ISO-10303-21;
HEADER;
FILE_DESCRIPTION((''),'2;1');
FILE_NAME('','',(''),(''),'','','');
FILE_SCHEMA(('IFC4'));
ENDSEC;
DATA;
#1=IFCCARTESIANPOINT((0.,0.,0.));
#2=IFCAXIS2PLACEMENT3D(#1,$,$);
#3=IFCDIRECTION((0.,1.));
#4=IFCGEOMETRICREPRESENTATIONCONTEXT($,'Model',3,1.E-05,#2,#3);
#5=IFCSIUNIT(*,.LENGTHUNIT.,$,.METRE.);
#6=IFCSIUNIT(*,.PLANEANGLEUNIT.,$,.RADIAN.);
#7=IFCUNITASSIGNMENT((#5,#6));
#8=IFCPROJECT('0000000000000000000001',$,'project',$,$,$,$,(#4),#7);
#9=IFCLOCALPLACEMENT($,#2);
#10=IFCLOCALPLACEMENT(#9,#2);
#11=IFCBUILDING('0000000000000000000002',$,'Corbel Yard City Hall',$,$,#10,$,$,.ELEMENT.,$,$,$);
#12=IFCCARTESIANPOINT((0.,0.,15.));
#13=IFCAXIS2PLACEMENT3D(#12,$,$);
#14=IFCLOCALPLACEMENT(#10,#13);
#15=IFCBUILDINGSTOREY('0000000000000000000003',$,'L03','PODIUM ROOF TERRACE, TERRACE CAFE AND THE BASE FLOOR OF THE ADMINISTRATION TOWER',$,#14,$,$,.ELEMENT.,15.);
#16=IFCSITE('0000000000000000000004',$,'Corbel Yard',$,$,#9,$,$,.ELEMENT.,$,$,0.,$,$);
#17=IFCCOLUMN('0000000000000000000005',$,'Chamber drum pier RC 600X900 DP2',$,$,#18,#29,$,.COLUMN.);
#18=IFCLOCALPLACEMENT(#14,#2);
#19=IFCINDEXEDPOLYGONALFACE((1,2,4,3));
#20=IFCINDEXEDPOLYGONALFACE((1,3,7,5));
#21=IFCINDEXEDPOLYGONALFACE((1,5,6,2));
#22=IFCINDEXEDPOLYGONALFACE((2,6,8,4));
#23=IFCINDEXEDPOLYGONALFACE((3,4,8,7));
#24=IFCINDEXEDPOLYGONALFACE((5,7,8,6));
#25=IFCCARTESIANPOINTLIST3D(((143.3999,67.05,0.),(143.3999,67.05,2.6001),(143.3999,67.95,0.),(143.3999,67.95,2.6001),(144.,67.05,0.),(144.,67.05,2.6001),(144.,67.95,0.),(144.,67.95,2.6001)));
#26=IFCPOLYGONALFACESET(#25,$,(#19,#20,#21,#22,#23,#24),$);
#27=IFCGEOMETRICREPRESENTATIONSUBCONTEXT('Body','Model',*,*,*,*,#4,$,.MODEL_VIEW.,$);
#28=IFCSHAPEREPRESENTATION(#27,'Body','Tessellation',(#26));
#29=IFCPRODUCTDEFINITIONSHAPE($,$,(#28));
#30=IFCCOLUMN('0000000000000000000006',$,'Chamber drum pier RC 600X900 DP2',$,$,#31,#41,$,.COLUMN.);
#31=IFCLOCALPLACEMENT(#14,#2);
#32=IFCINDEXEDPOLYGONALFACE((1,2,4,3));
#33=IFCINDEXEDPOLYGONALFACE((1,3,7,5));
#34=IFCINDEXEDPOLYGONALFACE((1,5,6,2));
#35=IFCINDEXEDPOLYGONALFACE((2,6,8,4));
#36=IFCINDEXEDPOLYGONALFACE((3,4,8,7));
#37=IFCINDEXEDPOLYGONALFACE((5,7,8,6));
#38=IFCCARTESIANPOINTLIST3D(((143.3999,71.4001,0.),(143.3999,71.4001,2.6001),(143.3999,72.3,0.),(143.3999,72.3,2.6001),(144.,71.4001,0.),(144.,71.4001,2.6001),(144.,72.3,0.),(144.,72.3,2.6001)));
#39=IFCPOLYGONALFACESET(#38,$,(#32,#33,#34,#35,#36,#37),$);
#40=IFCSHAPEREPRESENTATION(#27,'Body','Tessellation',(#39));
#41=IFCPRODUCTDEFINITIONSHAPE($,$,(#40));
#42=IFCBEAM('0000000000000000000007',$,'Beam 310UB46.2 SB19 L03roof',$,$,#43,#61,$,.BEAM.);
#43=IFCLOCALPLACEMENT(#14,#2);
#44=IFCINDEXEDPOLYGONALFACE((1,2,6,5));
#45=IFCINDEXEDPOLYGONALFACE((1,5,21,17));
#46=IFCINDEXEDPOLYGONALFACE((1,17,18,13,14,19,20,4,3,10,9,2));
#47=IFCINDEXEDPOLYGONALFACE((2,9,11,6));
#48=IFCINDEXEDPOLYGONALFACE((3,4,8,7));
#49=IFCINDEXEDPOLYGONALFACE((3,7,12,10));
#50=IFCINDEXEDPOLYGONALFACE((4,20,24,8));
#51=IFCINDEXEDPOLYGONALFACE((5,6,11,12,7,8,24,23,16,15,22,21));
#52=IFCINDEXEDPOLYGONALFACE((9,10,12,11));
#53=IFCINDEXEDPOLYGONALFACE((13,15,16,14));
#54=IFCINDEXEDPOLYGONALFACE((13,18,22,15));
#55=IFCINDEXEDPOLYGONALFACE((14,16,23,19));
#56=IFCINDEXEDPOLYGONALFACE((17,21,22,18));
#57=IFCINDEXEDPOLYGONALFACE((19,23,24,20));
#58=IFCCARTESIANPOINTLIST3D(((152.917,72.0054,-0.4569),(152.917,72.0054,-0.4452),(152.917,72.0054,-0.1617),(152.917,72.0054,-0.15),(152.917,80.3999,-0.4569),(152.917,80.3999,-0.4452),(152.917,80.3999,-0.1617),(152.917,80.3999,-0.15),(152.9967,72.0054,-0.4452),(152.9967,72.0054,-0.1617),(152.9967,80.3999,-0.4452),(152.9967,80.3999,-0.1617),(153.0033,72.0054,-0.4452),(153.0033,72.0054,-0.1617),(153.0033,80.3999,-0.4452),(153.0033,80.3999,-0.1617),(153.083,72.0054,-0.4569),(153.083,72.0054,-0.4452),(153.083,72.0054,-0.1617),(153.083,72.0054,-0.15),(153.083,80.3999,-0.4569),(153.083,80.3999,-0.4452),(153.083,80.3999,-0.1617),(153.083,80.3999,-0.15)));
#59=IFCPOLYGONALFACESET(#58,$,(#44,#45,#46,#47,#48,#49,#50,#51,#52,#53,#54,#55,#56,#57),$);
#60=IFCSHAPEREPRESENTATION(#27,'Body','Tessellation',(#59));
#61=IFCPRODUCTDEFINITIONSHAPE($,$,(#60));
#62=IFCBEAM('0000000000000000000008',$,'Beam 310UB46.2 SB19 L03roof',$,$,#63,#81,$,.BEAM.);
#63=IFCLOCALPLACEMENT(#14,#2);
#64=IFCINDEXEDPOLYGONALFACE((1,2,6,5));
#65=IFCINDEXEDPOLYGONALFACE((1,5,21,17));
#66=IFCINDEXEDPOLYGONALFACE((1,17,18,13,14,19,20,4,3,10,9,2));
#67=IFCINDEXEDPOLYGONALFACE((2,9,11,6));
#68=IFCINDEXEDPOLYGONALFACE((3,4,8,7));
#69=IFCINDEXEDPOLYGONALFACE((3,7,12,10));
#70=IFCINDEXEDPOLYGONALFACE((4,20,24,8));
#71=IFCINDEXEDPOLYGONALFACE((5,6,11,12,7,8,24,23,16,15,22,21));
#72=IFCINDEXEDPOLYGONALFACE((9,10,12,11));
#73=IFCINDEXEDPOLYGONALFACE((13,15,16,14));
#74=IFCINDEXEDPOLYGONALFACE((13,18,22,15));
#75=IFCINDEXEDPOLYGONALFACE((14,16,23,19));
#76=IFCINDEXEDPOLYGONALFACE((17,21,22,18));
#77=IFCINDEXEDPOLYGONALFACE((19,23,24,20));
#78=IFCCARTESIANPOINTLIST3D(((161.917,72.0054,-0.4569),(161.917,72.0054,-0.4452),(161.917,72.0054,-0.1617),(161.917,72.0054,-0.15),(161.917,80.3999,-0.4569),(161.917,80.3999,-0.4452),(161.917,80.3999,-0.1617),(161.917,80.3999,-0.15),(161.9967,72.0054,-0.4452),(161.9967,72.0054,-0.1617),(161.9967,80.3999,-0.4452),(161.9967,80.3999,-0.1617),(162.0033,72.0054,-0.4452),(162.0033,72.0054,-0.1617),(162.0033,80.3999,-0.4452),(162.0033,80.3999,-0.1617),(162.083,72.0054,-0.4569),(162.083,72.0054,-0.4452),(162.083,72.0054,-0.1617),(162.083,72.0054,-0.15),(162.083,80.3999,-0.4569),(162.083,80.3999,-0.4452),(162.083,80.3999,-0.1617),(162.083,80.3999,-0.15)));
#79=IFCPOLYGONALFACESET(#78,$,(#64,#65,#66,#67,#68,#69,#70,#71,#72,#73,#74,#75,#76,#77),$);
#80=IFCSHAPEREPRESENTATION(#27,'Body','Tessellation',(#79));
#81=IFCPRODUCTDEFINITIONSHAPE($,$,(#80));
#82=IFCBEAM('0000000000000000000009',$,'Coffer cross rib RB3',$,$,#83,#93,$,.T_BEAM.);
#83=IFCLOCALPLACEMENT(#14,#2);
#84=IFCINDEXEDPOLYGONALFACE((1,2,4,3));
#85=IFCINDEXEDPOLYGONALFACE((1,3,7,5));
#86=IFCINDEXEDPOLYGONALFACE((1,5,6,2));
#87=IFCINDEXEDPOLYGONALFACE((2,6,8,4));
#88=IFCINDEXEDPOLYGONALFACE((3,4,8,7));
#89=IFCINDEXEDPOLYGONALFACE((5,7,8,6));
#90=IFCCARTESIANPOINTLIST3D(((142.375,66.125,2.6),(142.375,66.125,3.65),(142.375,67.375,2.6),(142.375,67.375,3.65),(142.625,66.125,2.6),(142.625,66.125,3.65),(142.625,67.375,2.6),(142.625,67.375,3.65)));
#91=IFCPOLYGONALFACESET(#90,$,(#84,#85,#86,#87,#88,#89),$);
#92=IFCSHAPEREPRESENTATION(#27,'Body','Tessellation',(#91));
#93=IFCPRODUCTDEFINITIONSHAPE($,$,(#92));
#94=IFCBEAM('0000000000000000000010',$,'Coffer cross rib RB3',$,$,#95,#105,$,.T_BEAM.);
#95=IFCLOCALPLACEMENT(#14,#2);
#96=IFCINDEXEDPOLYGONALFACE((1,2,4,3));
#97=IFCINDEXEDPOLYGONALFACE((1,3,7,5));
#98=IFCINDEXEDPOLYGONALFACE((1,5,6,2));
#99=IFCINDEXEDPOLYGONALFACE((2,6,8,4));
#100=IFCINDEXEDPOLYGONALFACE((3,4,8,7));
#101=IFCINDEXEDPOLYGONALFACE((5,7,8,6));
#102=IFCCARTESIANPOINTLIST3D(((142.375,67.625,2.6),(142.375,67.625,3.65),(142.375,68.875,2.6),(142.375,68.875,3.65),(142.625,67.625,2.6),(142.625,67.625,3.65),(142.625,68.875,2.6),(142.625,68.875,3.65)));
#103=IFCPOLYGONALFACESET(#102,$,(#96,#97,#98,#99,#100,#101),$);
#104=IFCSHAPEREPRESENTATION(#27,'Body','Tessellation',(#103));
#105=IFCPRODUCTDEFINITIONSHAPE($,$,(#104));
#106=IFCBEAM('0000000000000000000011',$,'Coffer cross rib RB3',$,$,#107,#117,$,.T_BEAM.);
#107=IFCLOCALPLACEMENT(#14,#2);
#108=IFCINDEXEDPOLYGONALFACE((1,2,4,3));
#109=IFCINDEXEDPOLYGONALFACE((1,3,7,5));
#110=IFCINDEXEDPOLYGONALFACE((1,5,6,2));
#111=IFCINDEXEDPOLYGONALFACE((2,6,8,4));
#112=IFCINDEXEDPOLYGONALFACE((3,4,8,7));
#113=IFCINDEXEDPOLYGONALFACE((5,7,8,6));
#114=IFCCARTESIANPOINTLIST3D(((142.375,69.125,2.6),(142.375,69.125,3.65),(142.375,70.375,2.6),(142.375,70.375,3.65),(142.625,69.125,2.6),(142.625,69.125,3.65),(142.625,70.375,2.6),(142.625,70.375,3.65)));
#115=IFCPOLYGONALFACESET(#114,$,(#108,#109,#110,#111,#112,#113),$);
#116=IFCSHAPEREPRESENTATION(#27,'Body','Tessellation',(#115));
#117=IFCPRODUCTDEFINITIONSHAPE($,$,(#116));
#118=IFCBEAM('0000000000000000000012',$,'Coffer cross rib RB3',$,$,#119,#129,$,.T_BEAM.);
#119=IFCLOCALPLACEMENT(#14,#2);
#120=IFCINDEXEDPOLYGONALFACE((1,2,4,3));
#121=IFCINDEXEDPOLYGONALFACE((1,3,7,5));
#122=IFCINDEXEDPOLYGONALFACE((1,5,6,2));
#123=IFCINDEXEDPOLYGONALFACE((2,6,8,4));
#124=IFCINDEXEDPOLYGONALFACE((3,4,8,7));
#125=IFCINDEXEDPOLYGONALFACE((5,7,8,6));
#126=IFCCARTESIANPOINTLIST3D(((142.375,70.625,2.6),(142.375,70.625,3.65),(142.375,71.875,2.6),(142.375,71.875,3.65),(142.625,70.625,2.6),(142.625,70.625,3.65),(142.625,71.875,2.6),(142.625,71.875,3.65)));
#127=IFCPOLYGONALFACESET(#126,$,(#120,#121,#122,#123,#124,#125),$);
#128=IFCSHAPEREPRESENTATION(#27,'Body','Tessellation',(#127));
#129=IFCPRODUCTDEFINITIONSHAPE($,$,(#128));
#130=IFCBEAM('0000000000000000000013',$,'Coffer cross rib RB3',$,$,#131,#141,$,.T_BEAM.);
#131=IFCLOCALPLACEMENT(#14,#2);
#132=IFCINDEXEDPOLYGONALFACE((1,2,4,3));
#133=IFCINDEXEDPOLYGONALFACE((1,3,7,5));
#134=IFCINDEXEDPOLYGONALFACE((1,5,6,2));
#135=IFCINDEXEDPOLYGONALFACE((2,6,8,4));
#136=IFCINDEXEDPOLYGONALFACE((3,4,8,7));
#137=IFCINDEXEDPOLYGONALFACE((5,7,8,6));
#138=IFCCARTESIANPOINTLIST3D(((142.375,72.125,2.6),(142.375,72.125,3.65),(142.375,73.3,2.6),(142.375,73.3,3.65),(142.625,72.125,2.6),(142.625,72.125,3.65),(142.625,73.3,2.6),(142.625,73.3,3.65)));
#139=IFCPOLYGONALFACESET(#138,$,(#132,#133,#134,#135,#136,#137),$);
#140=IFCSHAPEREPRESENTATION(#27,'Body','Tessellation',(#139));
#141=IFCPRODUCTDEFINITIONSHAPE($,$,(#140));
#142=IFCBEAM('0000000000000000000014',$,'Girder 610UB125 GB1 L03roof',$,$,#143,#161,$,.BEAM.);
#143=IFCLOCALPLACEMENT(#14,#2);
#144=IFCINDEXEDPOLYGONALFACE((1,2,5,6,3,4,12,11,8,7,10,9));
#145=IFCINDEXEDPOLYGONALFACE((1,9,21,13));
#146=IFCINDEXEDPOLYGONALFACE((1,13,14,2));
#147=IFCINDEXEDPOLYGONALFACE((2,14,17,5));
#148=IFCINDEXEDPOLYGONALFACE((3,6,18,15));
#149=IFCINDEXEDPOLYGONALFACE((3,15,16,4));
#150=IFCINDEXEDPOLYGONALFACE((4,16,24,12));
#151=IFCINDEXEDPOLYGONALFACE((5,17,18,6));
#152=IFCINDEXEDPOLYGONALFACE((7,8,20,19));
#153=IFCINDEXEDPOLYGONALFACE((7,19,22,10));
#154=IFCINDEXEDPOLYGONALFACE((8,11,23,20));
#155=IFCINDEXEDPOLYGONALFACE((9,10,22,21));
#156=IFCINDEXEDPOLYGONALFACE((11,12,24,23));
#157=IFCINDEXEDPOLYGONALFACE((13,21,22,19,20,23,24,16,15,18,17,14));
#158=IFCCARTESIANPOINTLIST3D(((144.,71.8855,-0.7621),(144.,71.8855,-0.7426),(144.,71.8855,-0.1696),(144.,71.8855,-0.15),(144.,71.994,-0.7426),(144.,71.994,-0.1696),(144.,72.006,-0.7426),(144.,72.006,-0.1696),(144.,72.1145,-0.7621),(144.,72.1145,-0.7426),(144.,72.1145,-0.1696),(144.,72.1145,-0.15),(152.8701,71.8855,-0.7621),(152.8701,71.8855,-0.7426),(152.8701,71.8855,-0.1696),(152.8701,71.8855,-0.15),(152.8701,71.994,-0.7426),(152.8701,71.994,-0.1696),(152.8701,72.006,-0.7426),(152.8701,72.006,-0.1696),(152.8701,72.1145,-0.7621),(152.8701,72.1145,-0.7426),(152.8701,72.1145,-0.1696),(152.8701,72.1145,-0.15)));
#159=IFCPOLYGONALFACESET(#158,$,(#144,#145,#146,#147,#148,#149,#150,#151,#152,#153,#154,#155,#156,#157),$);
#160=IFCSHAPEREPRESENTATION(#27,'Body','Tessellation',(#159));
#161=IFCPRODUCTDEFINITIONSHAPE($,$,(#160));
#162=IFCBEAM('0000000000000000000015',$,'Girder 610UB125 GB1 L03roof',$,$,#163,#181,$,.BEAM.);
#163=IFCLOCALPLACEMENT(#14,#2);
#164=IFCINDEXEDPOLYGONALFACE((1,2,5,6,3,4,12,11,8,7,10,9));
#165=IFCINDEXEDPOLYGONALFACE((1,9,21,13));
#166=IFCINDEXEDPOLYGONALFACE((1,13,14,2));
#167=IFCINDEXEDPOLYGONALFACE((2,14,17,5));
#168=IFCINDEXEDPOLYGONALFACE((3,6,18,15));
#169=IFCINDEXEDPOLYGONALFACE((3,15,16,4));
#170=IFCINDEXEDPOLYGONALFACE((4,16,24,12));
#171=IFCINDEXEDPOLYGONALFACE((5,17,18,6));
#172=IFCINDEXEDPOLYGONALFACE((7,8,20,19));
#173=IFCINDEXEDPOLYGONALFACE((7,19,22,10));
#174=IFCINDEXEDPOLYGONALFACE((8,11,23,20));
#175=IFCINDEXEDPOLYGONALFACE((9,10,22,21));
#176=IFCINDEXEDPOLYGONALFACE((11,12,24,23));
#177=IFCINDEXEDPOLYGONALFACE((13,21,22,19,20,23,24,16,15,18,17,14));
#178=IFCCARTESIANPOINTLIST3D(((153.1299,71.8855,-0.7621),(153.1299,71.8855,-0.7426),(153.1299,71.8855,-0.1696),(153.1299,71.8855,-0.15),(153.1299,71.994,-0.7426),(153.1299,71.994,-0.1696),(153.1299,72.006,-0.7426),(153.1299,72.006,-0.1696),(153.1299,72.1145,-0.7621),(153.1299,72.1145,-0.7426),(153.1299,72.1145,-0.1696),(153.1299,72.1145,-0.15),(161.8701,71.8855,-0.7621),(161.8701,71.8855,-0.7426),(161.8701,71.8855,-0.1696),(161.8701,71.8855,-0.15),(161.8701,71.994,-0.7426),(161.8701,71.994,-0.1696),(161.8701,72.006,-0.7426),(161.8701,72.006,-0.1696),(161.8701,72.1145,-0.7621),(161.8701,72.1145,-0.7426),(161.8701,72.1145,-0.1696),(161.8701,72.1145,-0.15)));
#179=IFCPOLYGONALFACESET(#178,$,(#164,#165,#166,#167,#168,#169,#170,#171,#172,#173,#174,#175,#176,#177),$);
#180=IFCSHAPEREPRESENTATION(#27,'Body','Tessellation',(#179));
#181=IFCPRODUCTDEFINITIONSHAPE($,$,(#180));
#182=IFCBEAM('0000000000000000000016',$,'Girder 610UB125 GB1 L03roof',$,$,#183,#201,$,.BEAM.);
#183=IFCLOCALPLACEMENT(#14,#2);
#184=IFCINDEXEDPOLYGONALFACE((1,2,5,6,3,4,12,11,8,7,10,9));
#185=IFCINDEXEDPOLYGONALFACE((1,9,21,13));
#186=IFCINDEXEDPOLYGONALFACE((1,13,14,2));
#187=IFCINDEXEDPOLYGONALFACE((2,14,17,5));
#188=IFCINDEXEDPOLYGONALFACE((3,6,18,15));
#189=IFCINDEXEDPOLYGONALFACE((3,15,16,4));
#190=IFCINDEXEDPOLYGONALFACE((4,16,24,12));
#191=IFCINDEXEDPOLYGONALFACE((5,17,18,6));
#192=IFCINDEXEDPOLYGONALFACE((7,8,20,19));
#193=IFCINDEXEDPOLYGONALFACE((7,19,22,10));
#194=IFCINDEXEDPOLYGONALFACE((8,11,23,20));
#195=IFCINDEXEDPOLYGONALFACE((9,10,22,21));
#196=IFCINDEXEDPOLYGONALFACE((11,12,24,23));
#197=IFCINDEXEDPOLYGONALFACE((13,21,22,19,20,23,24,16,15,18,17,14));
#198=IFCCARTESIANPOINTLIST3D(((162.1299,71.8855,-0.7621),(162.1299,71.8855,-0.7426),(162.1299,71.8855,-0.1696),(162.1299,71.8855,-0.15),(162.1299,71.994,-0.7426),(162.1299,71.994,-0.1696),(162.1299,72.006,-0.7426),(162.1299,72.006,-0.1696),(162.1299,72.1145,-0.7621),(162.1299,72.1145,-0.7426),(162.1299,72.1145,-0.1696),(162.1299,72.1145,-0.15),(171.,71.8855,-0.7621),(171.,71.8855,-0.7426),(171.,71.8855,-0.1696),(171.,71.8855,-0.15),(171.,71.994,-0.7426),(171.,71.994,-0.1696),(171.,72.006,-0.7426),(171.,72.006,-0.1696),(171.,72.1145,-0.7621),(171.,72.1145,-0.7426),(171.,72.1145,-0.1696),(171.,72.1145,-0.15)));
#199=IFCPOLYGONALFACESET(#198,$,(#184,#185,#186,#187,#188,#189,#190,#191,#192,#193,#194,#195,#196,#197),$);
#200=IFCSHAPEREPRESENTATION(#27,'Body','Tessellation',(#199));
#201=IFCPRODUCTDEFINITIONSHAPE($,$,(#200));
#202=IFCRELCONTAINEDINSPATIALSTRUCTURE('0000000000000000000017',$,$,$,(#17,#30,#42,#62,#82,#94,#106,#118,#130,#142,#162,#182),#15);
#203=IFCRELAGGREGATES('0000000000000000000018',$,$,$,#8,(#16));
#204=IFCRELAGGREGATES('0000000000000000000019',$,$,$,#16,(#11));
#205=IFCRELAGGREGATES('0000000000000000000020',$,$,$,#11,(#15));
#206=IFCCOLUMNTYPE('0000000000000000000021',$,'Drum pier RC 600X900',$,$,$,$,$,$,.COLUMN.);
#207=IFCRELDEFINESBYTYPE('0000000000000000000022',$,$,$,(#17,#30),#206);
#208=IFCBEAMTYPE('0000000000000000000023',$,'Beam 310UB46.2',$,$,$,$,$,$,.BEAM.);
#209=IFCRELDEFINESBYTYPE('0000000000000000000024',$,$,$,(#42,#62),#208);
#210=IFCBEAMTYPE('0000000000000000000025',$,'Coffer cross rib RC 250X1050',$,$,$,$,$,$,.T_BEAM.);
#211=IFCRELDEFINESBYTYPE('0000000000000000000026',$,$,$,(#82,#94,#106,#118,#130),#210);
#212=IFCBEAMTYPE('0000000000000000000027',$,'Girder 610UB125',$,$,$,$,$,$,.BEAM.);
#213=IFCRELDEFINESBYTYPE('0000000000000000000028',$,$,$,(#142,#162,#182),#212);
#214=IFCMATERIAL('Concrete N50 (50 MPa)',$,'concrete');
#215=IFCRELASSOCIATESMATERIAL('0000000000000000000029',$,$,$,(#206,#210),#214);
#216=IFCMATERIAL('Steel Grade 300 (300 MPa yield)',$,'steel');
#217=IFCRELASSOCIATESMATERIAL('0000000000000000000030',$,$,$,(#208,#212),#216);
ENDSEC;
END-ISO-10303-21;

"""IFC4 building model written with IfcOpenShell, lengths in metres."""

from ifc_helpers import new_model, si_unit, direction, frame, origin, origin_2d, place, context, subcontext, project, spatial, rectangle, i_section, extrude, material, material_profile, profile_set, type_object, element, save


model = new_model("IFC4")

# Units and contexts
model_context = context("Model", 3, precision=1e-05, world=origin(), true_north=direction((0.0, 1.0)))
body_context = subcontext(model_context, "Body", "Model", "MODEL_VIEW")
ifc_project = project(units=[si_unit("LENGTHUNIT", "METRE"), si_unit("PLANEANGLEUNIT", "RADIAN")], contexts=[model_context])

# Site, building, storey
site_placement = place(None, origin())
site = spatial("IfcSite", under=ifc_project, at=site_placement, Name="Corbel Yard", CompositionType="ELEMENT", RefElevation=0.0)
building_placement = place(site_placement, origin())
building = spatial("IfcBuilding", under=site, at=building_placement, Name="Corbel Yard City Hall", CompositionType="ELEMENT")
storey_placement = place(building_placement, frame((0.0, 0.0, 15.0)))
storey = spatial("IfcBuildingStorey", under=building, at=storey_placement, Name="L03", Description="PODIUM ROOF TERRACE, TERRACE CAFE AND THE BASE FLOOR OF THE ADMINISTRATION TOWER", CompositionType="ELEMENT", Elevation=15.0)

# Columns
ifc_material_1 = material(Name="Concrete N50 (50 MPa)", Category="concrete")
ifc_material_profile_1 = material_profile(ifc_material_1, rectangle(XDim=0.6001, YDim=0.8999, at=origin_2d()), Name="600x900")
ifc_profile_set_1 = profile_set([ifc_material_profile_1], Name="Concrete N50 (50 MPa)")
column_type = type_object("IfcColumnType", Name="Drum pier RC 600X900", PredefinedType="COLUMN", material=ifc_profile_set_1)
for number, where, z_axis, x_axis, name in (
    (1, (143.7, 67.5, 0.0), (0.0, 0.0, 1.0), (1.0, 0.0, 0.0), "Chamber drum pier RC 600X900 DP2"),
    (2, (143.7, 71.8501, 0.0), (0.0, 0.0, 1.0), (1.0, 0.0, 0.0), "Chamber drum pier RC 600X900 DP2"),
):
    element("IfcColumn", number, at=place(storey_placement, frame(where, z_axis=z_axis, x_axis=x_axis)), inside=storey, type_object=column_type, Name=name, PredefinedType="COLUMN", context=body_context, shape_type="SweptSolid", body=[
        extrude(rectangle(XDim=0.6001, YDim=0.8999, at=origin_2d()), origin(), (0.0, 0.0, 1.0), 2.6001),
    ])

# Beams
ifc_material_2 = material(Name="Steel Grade 300 (300 MPa yield)", Category="steel")
ifc_material_profile_2 = material_profile(ifc_material_2, i_section(OverallWidth=0.166, OverallDepth=0.3069, WebThickness=0.0066, FlangeThickness=0.0117, at=origin_2d()), Name="310UB46.2")
ifc_profile_set_2 = profile_set([ifc_material_profile_2], Name="Steel Grade 300 (300 MPa yield)")
beam_type_1 = type_object("IfcBeamType", Name="Beam 310UB46.2", PredefinedType="BEAM", material=ifc_profile_set_2)
for number, where, z_axis, x_axis, name in (
    (3, (153.0, 72.0054, -0.3035), (0.0, 1.0, 0.0), (-1.0, 0.0, 0.0), "Beam 310UB46.2 SB19 L03roof"),
    (4, (162.0, 72.0054, -0.3035), (0.0, 1.0, 0.0), (-1.0, 0.0, 0.0), "Beam 310UB46.2 SB19 L03roof"),
):
    element("IfcBeam", number, at=place(storey_placement, frame(where, z_axis=z_axis, x_axis=x_axis)), inside=storey, type_object=beam_type_1, Name=name, PredefinedType="BEAM", context=body_context, shape_type="SweptSolid", body=[
        extrude(i_section(OverallWidth=0.166, OverallDepth=0.3069, WebThickness=0.0066, FlangeThickness=0.0117, at=origin_2d()), origin(), (0.0, 0.0, 1.0), 8.3945),
    ])
ifc_material_profile_3 = material_profile(ifc_material_1, rectangle(XDim=0.25, YDim=1.05, at=origin_2d()), Name="250x1050")
ifc_profile_set_3 = profile_set([ifc_material_profile_3], Name="Concrete N50 (50 MPa)")
beam_type_2 = type_object("IfcBeamType", Name="Coffer cross rib RC 250X1050", PredefinedType="T_BEAM", material=ifc_profile_set_3)
for number, where, z_axis, x_axis, name in (
    (5, (142.5, 66.125, 3.125), (0.0, 1.0, 0.0), (-1.0, 0.0, 0.0), "Coffer cross rib RB3"),
    (6, (142.5, 67.625, 3.125), (0.0, 1.0, 0.0), (-1.0, 0.0, 0.0), "Coffer cross rib RB3"),
    (7, (142.5, 69.125, 3.125), (0.0, 1.0, 0.0), (-1.0, 0.0, 0.0), "Coffer cross rib RB3"),
    (8, (142.5, 70.625, 3.125), (0.0, 1.0, 0.0), (-1.0, 0.0, 0.0), "Coffer cross rib RB3"),
):
    element("IfcBeam", number, at=place(storey_placement, frame(where, z_axis=z_axis, x_axis=x_axis)), inside=storey, type_object=beam_type_2, Name=name, PredefinedType="T_BEAM", context=body_context, shape_type="SweptSolid", body=[
        extrude(rectangle(XDim=0.25, YDim=1.05, at=origin_2d()), origin(), (0.0, 0.0, 1.0), 1.25),
    ])
beam_1_placement = place(storey_placement, frame((142.5, 72.125, 3.125), z_axis=(0.0, 1.0, 0.0), x_axis=(-1.0, 0.0, 0.0)))
element("IfcBeam", 9, at=beam_1_placement, inside=storey, type_object=beam_type_2, Name="Coffer cross rib RB3", PredefinedType="T_BEAM", context=body_context, shape_type="SweptSolid", body=[
    extrude(rectangle(XDim=0.25, YDim=1.05, at=origin_2d()), origin(), (0.0, 0.0, 1.0), 1.175),
])
ifc_material_profile_4 = material_profile(ifc_material_2, i_section(OverallWidth=0.229, OverallDepth=0.6121, WebThickness=0.012, FlangeThickness=0.0195, at=origin_2d()), Name="610UB125")
ifc_profile_set_4 = profile_set([ifc_material_profile_4], Name="Steel Grade 300 (300 MPa yield)")
beam_type_3 = type_object("IfcBeamType", Name="Girder 610UB125", PredefinedType="BEAM", material=ifc_profile_set_4)
beam_2_placement = place(storey_placement, frame((144.0, 72.0, -0.4561), z_axis=(1.0, 0.0, 0.0), x_axis=(0.0, 1.0, 0.0)))
element("IfcBeam", 10, at=beam_2_placement, inside=storey, type_object=beam_type_3, Name="Girder 610UB125 GB1 L03roof", PredefinedType="BEAM", context=body_context, shape_type="SweptSolid", body=[
    extrude(i_section(OverallWidth=0.229, OverallDepth=0.6121, WebThickness=0.012, FlangeThickness=0.0195, at=origin_2d()), origin(), (0.0, 0.0, 1.0), 8.8701),
])
beam_3_placement = place(storey_placement, frame((153.1299, 72.0, -0.4561), z_axis=(1.0, 0.0, 0.0), x_axis=(0.0, 1.0, 0.0)))
element("IfcBeam", 11, at=beam_3_placement, inside=storey, type_object=beam_type_3, Name="Girder 610UB125 GB1 L03roof", PredefinedType="BEAM", context=body_context, shape_type="SweptSolid", body=[
    extrude(i_section(OverallWidth=0.229, OverallDepth=0.6121, WebThickness=0.012, FlangeThickness=0.0195, at=origin_2d()), origin(), (0.0, 0.0, 1.0), 8.7402),
])
beam_4_placement = place(storey_placement, frame((162.1299, 72.0, -0.4561), z_axis=(1.0, 0.0, 0.0), x_axis=(0.0, 1.0, 0.0)))
element("IfcBeam", 12, at=beam_4_placement, inside=storey, type_object=beam_type_3, Name="Girder 610UB125 GB1 L03roof", PredefinedType="BEAM", context=body_context, shape_type="SweptSolid", body=[
    extrude(i_section(OverallWidth=0.229, OverallDepth=0.6121, WebThickness=0.012, FlangeThickness=0.0195, at=origin_2d()), origin(), (0.0, 0.0, 1.0), 8.8701),
])

save(model, "model.ifc")
